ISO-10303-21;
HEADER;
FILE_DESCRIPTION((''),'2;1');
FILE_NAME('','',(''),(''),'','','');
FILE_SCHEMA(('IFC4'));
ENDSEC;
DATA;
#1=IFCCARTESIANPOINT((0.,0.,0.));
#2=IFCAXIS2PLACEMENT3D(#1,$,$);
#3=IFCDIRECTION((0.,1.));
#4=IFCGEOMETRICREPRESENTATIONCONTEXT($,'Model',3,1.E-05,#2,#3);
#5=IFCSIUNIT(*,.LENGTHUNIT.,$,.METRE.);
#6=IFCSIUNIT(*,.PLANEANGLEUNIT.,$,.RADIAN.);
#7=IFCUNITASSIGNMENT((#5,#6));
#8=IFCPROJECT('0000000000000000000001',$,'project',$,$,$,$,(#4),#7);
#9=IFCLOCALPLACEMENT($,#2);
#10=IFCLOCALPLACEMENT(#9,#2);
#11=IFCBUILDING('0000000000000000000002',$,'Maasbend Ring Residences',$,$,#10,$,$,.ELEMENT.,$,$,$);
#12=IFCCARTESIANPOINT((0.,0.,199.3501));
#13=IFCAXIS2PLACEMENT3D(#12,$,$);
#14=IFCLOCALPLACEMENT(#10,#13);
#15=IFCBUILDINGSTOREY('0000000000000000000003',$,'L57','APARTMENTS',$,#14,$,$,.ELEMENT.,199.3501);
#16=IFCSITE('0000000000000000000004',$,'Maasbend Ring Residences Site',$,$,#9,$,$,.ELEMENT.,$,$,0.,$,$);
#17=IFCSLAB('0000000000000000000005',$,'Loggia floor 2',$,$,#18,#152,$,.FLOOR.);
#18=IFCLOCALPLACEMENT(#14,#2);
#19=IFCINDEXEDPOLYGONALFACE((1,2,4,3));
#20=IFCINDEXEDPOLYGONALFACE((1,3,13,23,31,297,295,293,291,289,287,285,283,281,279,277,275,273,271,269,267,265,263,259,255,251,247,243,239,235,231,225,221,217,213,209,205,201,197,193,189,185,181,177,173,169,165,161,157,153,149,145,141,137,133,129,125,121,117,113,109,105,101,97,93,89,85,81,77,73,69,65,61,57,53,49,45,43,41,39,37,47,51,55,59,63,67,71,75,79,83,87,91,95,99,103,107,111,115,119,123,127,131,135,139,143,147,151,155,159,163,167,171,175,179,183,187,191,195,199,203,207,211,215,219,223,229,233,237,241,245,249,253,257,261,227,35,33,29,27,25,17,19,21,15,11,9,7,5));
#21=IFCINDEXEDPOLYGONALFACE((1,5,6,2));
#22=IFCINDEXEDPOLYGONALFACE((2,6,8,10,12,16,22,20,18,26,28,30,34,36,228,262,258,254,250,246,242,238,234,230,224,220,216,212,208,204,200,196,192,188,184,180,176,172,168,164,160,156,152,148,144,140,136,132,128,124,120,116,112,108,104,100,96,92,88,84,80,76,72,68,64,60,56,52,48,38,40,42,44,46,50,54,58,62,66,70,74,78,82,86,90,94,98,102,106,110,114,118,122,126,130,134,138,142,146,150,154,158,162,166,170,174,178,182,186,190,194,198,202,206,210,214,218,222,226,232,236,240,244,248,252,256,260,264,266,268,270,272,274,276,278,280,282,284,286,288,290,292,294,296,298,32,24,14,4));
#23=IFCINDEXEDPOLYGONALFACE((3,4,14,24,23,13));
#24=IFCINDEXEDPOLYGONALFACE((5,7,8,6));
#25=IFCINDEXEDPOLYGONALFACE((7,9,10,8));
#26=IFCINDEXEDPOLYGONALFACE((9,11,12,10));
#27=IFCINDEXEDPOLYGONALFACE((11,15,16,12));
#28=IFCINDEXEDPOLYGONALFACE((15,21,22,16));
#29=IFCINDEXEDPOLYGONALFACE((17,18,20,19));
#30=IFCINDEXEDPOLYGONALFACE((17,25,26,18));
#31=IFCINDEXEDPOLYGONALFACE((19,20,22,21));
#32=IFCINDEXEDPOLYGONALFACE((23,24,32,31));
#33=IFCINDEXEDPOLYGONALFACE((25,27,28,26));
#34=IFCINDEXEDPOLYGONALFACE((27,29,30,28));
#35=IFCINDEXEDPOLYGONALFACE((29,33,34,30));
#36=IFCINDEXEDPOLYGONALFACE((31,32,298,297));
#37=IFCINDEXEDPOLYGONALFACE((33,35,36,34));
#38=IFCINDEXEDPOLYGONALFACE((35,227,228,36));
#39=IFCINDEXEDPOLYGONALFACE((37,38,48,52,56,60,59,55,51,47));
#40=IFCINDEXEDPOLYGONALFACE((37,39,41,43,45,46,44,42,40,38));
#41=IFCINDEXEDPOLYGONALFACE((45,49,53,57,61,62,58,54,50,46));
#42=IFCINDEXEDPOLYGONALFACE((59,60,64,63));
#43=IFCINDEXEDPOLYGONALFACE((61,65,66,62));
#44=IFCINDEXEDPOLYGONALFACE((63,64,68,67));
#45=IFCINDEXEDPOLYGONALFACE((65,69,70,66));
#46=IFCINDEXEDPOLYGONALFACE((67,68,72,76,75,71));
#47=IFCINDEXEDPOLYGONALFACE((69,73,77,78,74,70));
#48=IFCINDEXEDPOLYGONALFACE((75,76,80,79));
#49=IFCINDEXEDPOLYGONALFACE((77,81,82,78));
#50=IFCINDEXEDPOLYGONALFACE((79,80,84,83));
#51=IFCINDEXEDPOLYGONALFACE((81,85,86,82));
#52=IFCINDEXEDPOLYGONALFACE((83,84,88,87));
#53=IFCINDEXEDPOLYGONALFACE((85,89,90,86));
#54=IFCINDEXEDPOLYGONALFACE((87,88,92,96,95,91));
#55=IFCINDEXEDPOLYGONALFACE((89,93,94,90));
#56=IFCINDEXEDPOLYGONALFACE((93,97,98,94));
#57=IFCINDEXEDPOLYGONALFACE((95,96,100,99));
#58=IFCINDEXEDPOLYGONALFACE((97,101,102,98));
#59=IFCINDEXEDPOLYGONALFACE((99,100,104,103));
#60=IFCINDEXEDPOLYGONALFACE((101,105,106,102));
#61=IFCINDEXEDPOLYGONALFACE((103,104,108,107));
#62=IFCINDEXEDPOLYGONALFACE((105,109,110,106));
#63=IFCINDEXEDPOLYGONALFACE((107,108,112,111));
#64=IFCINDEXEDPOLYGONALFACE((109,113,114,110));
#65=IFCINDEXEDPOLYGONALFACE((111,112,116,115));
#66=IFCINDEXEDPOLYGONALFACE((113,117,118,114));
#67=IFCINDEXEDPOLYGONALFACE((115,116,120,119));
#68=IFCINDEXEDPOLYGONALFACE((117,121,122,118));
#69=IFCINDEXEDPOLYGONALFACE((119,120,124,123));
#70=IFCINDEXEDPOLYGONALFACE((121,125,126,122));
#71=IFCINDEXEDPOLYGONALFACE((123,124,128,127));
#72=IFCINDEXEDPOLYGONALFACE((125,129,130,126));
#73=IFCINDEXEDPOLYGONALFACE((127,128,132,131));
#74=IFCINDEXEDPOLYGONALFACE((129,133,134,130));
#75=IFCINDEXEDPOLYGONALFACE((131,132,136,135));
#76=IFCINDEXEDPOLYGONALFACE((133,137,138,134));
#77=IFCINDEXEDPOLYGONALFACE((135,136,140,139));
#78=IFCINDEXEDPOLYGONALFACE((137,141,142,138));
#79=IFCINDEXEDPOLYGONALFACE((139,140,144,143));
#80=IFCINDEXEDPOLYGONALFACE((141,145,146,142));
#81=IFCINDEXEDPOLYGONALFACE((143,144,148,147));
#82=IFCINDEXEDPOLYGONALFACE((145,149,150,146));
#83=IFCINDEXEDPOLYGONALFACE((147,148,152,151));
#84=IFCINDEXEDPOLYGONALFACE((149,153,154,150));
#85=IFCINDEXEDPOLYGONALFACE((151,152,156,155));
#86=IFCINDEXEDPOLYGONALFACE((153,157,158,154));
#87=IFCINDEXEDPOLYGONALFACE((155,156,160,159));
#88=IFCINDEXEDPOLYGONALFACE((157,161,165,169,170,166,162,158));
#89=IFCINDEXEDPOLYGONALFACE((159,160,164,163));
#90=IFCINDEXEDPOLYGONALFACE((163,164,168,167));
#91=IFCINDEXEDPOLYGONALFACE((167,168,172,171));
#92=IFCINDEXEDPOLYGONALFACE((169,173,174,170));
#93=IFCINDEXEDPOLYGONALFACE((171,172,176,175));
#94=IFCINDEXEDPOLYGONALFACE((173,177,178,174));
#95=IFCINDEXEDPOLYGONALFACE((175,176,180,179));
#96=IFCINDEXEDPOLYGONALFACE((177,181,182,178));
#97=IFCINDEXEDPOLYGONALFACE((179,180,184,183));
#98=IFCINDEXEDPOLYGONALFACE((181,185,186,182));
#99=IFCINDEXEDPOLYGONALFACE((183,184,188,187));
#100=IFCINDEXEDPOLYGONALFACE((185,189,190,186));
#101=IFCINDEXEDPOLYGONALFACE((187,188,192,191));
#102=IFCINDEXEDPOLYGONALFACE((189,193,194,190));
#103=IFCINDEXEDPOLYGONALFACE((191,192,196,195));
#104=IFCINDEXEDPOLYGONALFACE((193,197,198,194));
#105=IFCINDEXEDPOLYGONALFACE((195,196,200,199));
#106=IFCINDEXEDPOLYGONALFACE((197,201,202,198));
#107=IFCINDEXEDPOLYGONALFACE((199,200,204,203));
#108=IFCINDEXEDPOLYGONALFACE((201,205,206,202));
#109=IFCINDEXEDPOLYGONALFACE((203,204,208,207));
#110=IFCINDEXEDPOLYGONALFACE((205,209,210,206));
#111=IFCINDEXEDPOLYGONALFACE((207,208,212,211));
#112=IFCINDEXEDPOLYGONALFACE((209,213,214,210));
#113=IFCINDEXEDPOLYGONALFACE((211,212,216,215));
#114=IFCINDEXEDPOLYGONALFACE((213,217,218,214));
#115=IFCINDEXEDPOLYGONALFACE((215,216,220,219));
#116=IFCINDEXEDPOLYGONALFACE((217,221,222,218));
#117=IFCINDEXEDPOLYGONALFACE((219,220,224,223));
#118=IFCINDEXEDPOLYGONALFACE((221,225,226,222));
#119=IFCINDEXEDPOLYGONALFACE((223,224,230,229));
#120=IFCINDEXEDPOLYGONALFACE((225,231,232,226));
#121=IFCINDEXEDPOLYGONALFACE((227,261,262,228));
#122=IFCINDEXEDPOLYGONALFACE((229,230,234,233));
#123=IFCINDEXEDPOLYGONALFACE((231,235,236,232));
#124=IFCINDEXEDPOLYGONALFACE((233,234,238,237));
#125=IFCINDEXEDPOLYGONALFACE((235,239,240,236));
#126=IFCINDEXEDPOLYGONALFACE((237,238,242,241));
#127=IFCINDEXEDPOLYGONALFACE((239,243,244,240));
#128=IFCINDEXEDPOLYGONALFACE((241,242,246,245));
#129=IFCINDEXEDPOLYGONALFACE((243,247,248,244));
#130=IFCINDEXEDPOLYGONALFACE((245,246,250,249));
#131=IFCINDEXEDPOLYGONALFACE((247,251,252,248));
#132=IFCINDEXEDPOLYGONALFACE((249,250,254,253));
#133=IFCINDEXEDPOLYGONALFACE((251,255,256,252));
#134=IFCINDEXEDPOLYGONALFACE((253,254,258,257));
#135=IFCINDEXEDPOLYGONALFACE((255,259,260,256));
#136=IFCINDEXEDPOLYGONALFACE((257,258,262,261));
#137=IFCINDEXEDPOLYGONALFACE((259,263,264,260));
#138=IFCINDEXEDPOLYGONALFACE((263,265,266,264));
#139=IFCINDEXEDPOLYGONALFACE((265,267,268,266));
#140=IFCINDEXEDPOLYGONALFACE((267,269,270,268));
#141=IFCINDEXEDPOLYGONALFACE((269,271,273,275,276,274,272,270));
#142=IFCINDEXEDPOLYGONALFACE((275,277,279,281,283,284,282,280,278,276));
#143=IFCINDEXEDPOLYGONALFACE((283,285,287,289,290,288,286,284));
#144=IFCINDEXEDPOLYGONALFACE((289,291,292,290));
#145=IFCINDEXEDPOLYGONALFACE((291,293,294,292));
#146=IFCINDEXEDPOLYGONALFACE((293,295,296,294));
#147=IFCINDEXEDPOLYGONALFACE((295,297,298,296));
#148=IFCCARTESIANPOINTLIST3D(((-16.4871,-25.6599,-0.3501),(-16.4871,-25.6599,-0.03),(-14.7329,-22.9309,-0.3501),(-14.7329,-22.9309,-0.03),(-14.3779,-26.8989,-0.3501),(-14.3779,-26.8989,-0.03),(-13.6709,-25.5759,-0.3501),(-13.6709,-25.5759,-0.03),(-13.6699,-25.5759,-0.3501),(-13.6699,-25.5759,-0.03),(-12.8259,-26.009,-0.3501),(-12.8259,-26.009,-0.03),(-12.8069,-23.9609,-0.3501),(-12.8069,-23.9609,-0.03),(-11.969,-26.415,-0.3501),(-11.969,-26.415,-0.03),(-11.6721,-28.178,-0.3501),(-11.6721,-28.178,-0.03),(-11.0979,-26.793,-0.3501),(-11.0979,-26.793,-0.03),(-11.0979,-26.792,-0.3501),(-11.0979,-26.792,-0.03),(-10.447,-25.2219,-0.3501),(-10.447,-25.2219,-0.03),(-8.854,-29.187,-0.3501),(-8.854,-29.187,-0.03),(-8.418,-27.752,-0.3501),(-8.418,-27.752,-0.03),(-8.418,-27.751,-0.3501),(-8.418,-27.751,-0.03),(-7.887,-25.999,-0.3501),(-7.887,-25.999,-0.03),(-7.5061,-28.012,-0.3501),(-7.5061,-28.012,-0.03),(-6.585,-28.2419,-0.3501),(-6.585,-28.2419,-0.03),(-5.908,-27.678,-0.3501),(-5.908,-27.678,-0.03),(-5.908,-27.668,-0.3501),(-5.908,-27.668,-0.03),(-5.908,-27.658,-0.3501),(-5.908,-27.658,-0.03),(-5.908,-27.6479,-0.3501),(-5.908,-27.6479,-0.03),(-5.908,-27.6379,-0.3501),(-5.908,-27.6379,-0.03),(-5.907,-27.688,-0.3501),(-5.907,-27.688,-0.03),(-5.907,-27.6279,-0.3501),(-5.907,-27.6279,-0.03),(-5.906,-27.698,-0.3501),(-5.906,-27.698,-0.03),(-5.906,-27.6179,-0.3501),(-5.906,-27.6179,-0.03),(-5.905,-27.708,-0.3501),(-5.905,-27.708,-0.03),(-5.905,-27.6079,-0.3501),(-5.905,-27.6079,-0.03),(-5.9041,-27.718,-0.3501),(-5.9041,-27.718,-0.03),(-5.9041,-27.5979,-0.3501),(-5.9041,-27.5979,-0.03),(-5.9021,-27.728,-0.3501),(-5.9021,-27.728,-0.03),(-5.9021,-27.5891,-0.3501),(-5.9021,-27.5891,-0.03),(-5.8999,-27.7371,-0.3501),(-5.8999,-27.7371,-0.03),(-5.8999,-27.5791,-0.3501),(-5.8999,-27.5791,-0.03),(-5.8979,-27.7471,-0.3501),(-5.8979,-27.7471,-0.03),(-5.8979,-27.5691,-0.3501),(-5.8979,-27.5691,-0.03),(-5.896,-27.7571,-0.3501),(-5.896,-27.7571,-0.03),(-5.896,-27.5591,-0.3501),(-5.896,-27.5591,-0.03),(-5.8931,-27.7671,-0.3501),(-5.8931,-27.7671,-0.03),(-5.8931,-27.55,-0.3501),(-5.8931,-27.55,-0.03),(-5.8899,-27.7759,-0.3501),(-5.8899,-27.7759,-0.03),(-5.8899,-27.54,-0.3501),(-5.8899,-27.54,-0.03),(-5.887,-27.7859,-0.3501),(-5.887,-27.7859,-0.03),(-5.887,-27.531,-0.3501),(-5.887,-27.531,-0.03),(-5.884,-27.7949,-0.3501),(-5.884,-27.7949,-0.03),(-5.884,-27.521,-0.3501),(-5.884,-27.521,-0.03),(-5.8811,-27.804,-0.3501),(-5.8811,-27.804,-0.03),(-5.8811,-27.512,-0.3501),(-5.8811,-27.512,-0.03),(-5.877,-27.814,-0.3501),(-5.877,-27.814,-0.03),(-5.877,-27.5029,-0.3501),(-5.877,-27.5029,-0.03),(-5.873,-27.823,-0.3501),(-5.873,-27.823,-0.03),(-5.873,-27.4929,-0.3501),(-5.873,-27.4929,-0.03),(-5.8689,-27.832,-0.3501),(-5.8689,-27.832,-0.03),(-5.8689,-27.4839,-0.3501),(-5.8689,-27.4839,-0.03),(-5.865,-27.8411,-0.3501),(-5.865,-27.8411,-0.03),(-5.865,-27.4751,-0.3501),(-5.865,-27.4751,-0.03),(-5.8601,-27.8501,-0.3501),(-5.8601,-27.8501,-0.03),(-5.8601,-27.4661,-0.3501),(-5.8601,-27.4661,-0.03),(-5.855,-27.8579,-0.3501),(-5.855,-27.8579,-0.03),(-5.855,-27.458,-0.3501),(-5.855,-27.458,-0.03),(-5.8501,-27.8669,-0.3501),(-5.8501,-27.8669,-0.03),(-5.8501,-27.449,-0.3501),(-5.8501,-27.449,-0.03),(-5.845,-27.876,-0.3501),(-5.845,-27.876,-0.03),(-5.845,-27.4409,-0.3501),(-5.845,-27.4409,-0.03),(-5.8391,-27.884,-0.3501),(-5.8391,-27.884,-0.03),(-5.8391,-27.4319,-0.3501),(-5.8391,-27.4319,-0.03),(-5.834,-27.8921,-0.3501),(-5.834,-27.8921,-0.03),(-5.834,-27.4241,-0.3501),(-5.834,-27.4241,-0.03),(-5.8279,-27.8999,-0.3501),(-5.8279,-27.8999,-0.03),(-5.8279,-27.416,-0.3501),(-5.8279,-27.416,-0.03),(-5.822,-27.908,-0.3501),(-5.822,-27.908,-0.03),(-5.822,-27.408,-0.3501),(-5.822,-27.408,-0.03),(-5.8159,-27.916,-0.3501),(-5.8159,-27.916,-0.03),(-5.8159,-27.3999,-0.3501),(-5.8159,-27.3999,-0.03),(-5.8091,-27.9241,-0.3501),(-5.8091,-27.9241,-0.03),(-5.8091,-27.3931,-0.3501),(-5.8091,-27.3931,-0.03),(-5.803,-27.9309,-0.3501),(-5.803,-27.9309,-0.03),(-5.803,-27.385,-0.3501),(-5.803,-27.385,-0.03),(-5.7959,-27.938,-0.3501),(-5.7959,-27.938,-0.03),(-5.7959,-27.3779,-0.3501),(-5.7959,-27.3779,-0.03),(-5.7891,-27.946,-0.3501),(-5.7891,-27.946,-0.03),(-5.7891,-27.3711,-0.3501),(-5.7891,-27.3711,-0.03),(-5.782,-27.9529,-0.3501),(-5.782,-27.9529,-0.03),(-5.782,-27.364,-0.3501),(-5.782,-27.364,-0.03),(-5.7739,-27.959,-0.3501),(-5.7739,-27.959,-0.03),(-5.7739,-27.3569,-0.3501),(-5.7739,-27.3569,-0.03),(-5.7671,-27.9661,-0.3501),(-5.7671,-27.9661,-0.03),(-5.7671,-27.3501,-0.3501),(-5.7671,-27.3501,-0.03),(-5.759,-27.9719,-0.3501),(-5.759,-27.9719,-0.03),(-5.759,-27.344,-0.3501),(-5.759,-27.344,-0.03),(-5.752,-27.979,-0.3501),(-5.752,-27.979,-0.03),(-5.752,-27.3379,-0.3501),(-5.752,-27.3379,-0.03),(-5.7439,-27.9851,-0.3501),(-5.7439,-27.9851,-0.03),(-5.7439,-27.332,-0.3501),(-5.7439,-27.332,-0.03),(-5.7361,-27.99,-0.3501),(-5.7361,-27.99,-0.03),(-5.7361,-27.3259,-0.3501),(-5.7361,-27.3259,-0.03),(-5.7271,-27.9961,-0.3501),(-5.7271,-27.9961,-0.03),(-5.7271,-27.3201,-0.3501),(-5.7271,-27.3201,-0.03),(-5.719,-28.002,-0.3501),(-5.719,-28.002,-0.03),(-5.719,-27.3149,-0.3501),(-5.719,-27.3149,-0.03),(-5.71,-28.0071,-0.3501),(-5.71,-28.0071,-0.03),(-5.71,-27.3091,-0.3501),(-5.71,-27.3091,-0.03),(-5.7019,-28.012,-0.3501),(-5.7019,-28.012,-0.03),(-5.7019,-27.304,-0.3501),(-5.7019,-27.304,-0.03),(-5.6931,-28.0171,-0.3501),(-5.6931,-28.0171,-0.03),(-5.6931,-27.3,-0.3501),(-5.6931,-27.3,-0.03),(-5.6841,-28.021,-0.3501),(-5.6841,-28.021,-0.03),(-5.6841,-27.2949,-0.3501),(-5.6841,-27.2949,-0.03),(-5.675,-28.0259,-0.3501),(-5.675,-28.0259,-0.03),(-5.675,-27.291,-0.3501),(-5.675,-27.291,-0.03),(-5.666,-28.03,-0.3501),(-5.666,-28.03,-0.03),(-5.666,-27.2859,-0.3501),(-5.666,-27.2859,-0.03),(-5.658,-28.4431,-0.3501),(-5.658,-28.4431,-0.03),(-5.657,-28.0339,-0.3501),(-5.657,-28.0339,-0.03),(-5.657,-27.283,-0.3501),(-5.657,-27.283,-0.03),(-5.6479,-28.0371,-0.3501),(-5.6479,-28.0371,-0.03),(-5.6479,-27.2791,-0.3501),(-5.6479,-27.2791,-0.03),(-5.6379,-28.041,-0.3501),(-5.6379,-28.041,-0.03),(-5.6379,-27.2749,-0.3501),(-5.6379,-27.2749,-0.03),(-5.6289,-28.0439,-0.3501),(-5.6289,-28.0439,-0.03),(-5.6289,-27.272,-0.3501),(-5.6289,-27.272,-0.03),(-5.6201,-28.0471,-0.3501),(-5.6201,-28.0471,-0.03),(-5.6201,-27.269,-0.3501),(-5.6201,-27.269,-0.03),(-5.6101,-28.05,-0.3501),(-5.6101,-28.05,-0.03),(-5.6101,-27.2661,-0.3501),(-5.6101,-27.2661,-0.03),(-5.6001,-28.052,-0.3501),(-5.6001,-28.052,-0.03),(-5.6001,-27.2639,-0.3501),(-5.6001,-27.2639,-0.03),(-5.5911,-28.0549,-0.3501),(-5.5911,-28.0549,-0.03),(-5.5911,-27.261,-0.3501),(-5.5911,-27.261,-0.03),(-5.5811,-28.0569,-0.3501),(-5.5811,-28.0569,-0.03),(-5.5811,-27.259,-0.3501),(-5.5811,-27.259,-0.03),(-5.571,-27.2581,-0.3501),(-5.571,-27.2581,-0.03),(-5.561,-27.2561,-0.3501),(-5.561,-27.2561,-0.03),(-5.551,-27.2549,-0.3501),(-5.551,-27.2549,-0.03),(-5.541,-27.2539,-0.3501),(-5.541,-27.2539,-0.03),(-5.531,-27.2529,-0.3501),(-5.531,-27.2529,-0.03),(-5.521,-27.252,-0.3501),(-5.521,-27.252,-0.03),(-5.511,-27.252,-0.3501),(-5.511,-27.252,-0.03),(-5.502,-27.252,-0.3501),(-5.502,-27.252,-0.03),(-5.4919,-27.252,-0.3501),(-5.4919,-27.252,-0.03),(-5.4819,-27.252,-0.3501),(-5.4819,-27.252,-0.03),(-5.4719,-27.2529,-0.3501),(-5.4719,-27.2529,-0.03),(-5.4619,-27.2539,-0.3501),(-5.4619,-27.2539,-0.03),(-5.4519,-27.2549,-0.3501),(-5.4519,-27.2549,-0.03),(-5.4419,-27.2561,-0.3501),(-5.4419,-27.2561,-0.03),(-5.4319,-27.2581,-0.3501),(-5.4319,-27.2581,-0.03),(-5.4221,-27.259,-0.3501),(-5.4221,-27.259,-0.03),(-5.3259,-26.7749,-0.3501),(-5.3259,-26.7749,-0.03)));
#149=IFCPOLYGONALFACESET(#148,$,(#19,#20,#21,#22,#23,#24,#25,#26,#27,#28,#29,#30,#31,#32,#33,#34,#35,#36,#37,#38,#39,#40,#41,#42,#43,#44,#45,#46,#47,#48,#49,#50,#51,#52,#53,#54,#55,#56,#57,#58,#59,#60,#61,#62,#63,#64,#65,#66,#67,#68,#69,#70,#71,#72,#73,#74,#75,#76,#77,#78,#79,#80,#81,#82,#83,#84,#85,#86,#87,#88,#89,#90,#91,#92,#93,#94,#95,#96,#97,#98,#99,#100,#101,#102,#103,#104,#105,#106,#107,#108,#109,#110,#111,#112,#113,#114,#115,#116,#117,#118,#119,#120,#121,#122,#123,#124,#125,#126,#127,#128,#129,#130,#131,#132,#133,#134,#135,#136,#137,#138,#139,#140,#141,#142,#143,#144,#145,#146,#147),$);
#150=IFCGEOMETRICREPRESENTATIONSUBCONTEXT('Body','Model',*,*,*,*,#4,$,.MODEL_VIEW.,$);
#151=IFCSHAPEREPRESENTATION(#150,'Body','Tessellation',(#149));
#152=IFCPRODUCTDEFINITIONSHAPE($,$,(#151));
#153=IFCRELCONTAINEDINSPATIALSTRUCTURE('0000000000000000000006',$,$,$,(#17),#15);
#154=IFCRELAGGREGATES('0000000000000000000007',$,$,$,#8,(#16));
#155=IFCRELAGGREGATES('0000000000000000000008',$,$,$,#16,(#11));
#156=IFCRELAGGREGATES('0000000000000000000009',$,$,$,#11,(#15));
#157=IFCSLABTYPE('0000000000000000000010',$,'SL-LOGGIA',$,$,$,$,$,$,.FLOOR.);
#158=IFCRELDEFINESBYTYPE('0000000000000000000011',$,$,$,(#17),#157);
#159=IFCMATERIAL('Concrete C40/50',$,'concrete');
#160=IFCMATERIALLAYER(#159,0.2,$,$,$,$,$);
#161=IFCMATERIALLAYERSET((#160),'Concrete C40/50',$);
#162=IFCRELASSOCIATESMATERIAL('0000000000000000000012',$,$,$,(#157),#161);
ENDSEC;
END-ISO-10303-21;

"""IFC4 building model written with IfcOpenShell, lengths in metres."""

from ifc_helpers import new_model, si_unit, direction, frame, origin, place, context, subcontext, project, spatial, polyline, outline, extrude, material, layer, layer_set, type_object, element, save


model = new_model("IFC4")

# Units and contexts
model_context = context("Model", 3, precision=1e-05, world=origin(), true_north=direction((0.0, 1.0)))
body_context = subcontext(model_context, "Body", "Model", "MODEL_VIEW")
ifc_project = project(units=[si_unit("LENGTHUNIT", "METRE"), si_unit("PLANEANGLEUNIT", "RADIAN")], contexts=[model_context])

# Site, building, storey
site_placement = place(None, origin())
site = spatial("IfcSite", under=ifc_project, at=site_placement, Name="Maasbend Ring Residences Site", CompositionType="ELEMENT", RefElevation=0.0)
building_placement = place(site_placement, origin())
building = spatial("IfcBuilding", under=site, at=building_placement, Name="Maasbend Ring Residences", CompositionType="ELEMENT")
storey_placement = place(building_placement, frame((0.0, 0.0, 199.3501)))
storey = spatial("IfcBuildingStorey", under=building, at=storey_placement, Name="L57", Description="APARTMENTS", CompositionType="ELEMENT", Elevation=199.3501)

# Slab
ifc_material_1 = material(Name="Concrete C40/50", Category="concrete")
ifc_layer_1 = layer(ifc_material_1, 0.2)
ifc_layer_set_1 = layer_set([ifc_layer_1], Name="Concrete C40/50")
slab_type = type_object("IfcSlabType", Name="SL-LOGGIA", PredefinedType="FLOOR", material=ifc_layer_set_1)
slab_1_placement = place(storey_placement, frame((0.0, 0.0, -0.3501)))
element("IfcSlab", 1, at=slab_1_placement, inside=storey, type_object=slab_type, Name="Loggia floor 2", PredefinedType="FLOOR", context=body_context, shape_type="SweptSolid", body=[
    extrude(outline(polyline([(-12.8069, -23.9609), (-10.447, -25.2219), (-10.447, -25.2219), (-10.447, -25.2219), (-7.887, -25.999), (-5.3259, -26.7749), (-5.3259, -26.7749), (-5.3259, -26.7749), (-5.4221, -27.259), (-5.4319, -27.2581), (-5.4419, -27.2561), (-5.4519, -27.2549), (-5.4619, -27.2539), (-5.4719, -27.2529), (-5.4819, -27.252), (-5.4919, -27.252), (-5.502, -27.252), (-5.511, -27.252), (-5.521, -27.252), (-5.531, -27.2529), (-5.541, -27.2539), (-5.551, -27.2549), (-5.561, -27.2561), (-5.571, -27.2581), (-5.5811, -27.259), (-5.5911, -27.261), (-5.6001, -27.2639), (-5.6101, -27.2661), (-5.6201, -27.269), (-5.6289, -27.272), (-5.6379, -27.2749), (-5.6479, -27.2791), (-5.657, -27.283), (-5.666, -27.2859), (-5.675, -27.291), (-5.6841, -27.2949), (-5.6931, -27.3), (-5.7019, -27.304), (-5.71, -27.3091), (-5.719, -27.3149), (-5.7271, -27.3201), (-5.7361, -27.3259), (-5.7439, -27.332), (-5.752, -27.3379), (-5.759, -27.344), (-5.7671, -27.3501), (-5.7739, -27.3569), (-5.782, -27.364), (-5.7891, -27.3711), (-5.7959, -27.3779), (-5.803, -27.385), (-5.8091, -27.3931), (-5.8159, -27.3999), (-5.822, -27.408), (-5.8279, -27.416), (-5.834, -27.4241), (-5.8391, -27.4319), (-5.845, -27.4409), (-5.8501, -27.449), (-5.855, -27.458), (-5.8601, -27.4661), (-5.865, -27.4751), (-5.8689, -27.4839), (-5.873, -27.4929), (-5.877, -27.5029), (-5.8811, -27.512), (-5.884, -27.521), (-5.887, -27.531), (-5.8899, -27.54), (-5.8931, -27.55), (-5.896, -27.5591), (-5.8979, -27.5691), (-5.8999, -27.5791), (-5.9021, -27.5891), (-5.9041, -27.5979), (-5.905, -27.6079), (-5.906, -27.6179), (-5.907, -27.6279), (-5.908, -27.6379), (-5.908, -27.6479), (-5.908, -27.658), (-5.908, -27.668), (-5.908, -27.678), (-5.907, -27.688), (-5.906, -27.698), (-5.905, -27.708), (-5.9041, -27.718), (-5.9021, -27.728), (-5.8999, -27.7371), (-5.8979, -27.7471), (-5.896, -27.7571), (-5.8931, -27.7671), (-5.8899, -27.7759), (-5.887, -27.7859), (-5.884, -27.7949), (-5.8811, -27.804), (-5.877, -27.814), (-5.873, -27.823), (-5.8689, -27.832), (-5.865, -27.8411), (-5.8601, -27.8501), (-5.855, -27.8579), (-5.8501, -27.8669), (-5.845, -27.876), (-5.8391, -27.884), (-5.834, -27.8921), (-5.8279, -27.8999), (-5.822, -27.908), (-5.8159, -27.916), (-5.8091, -27.9241), (-5.803, -27.9309), (-5.7959, -27.938), (-5.7891, -27.946), (-5.782, -27.9529), (-5.7739, -27.959), (-5.7671, -27.9661), (-5.759, -27.9719), (-5.752, -27.979), (-5.7439, -27.9851), (-5.7361, -27.99), (-5.7271, -27.9961), (-5.719, -28.002), (-5.71, -28.0071), (-5.7019, -28.012), (-5.6931, -28.0171), (-5.6841, -28.021), (-5.675, -28.0259), (-5.666, -28.03), (-5.657, -28.0339), (-5.6479, -28.0371), (-5.6379, -28.041), (-5.6289, -28.0439), (-5.6201, -28.0471), (-5.6101, -28.05), (-5.6001, -28.052), (-5.5911, -28.0549), (-5.5811, -28.0569), (-5.658, -28.4431), (-5.658, -28.4431), (-5.658, -28.4431), (-6.585, -28.2419), (-6.585, -28.2419), (-7.5061, -28.012), (-7.5061, -28.012), (-8.418, -27.751), (-8.418, -27.751), (-8.418, -27.751), (-8.418, -27.751), (-8.418, -27.751), (-8.418, -27.751), (-8.418, -27.751), (-8.418, -27.751), (-8.418, -27.751), (-8.418, -27.751), (-8.418, -27.752), (-8.418, -27.752), (-8.418, -27.752), (-8.418, -27.752), (-8.418, -27.752), (-8.418, -27.752), (-8.418, -27.752), (-8.854, -29.187), (-8.854, -29.187), (-8.854, -29.187), (-11.6721, -28.178), (-11.6721, -28.178), (-11.6721, -28.178), (-11.0979, -26.793), (-11.0979, -26.793), (-11.0979, -26.793), (-11.0979, -26.793), (-11.0979, -26.793), (-11.0979, -26.793), (-11.0979, -26.793), (-11.0979, -26.793), (-11.0979, -26.793), (-11.0979, -26.793), (-11.0979, -26.792), (-11.0979, -26.792), (-11.0979, -26.792), (-11.0979, -26.792), (-11.0979, -26.792), (-11.0979, -26.792), (-11.0979, -26.792), (-11.969, -26.415), (-11.969, -26.415), (-12.8259, -26.009), (-12.8259, -26.009), (-13.6699, -25.5759), (-13.6699, -25.5759), (-13.6699, -25.5759), (-13.6699, -25.5759), (-13.6699, -25.5759), (-13.6699, -25.5759), (-13.6699, -25.5759), (-13.6699, -25.5759), (-13.6699, -25.5759), (-13.6699, -25.5759), (-13.6709, -25.5759), (-13.6709, -25.5759), (-13.6709, -25.5759), (-13.6709, -25.5759), (-13.6709, -25.5759), (-13.6709, -25.5759), (-13.6709, -25.5759), (-14.3779, -26.8989), (-14.3779, -26.8989), (-14.3779, -26.8989), (-16.4871, -25.6599), (-16.4871, -25.6599), (-16.4871, -25.6599), (-14.7329, -22.9309), (-14.7329, -22.9309), (-14.7329, -22.9309), (-12.8069, -23.9609)])), origin(), (0.0, 0.0, 1.0), 0.3201),
])

save(model, "model.ifc")
